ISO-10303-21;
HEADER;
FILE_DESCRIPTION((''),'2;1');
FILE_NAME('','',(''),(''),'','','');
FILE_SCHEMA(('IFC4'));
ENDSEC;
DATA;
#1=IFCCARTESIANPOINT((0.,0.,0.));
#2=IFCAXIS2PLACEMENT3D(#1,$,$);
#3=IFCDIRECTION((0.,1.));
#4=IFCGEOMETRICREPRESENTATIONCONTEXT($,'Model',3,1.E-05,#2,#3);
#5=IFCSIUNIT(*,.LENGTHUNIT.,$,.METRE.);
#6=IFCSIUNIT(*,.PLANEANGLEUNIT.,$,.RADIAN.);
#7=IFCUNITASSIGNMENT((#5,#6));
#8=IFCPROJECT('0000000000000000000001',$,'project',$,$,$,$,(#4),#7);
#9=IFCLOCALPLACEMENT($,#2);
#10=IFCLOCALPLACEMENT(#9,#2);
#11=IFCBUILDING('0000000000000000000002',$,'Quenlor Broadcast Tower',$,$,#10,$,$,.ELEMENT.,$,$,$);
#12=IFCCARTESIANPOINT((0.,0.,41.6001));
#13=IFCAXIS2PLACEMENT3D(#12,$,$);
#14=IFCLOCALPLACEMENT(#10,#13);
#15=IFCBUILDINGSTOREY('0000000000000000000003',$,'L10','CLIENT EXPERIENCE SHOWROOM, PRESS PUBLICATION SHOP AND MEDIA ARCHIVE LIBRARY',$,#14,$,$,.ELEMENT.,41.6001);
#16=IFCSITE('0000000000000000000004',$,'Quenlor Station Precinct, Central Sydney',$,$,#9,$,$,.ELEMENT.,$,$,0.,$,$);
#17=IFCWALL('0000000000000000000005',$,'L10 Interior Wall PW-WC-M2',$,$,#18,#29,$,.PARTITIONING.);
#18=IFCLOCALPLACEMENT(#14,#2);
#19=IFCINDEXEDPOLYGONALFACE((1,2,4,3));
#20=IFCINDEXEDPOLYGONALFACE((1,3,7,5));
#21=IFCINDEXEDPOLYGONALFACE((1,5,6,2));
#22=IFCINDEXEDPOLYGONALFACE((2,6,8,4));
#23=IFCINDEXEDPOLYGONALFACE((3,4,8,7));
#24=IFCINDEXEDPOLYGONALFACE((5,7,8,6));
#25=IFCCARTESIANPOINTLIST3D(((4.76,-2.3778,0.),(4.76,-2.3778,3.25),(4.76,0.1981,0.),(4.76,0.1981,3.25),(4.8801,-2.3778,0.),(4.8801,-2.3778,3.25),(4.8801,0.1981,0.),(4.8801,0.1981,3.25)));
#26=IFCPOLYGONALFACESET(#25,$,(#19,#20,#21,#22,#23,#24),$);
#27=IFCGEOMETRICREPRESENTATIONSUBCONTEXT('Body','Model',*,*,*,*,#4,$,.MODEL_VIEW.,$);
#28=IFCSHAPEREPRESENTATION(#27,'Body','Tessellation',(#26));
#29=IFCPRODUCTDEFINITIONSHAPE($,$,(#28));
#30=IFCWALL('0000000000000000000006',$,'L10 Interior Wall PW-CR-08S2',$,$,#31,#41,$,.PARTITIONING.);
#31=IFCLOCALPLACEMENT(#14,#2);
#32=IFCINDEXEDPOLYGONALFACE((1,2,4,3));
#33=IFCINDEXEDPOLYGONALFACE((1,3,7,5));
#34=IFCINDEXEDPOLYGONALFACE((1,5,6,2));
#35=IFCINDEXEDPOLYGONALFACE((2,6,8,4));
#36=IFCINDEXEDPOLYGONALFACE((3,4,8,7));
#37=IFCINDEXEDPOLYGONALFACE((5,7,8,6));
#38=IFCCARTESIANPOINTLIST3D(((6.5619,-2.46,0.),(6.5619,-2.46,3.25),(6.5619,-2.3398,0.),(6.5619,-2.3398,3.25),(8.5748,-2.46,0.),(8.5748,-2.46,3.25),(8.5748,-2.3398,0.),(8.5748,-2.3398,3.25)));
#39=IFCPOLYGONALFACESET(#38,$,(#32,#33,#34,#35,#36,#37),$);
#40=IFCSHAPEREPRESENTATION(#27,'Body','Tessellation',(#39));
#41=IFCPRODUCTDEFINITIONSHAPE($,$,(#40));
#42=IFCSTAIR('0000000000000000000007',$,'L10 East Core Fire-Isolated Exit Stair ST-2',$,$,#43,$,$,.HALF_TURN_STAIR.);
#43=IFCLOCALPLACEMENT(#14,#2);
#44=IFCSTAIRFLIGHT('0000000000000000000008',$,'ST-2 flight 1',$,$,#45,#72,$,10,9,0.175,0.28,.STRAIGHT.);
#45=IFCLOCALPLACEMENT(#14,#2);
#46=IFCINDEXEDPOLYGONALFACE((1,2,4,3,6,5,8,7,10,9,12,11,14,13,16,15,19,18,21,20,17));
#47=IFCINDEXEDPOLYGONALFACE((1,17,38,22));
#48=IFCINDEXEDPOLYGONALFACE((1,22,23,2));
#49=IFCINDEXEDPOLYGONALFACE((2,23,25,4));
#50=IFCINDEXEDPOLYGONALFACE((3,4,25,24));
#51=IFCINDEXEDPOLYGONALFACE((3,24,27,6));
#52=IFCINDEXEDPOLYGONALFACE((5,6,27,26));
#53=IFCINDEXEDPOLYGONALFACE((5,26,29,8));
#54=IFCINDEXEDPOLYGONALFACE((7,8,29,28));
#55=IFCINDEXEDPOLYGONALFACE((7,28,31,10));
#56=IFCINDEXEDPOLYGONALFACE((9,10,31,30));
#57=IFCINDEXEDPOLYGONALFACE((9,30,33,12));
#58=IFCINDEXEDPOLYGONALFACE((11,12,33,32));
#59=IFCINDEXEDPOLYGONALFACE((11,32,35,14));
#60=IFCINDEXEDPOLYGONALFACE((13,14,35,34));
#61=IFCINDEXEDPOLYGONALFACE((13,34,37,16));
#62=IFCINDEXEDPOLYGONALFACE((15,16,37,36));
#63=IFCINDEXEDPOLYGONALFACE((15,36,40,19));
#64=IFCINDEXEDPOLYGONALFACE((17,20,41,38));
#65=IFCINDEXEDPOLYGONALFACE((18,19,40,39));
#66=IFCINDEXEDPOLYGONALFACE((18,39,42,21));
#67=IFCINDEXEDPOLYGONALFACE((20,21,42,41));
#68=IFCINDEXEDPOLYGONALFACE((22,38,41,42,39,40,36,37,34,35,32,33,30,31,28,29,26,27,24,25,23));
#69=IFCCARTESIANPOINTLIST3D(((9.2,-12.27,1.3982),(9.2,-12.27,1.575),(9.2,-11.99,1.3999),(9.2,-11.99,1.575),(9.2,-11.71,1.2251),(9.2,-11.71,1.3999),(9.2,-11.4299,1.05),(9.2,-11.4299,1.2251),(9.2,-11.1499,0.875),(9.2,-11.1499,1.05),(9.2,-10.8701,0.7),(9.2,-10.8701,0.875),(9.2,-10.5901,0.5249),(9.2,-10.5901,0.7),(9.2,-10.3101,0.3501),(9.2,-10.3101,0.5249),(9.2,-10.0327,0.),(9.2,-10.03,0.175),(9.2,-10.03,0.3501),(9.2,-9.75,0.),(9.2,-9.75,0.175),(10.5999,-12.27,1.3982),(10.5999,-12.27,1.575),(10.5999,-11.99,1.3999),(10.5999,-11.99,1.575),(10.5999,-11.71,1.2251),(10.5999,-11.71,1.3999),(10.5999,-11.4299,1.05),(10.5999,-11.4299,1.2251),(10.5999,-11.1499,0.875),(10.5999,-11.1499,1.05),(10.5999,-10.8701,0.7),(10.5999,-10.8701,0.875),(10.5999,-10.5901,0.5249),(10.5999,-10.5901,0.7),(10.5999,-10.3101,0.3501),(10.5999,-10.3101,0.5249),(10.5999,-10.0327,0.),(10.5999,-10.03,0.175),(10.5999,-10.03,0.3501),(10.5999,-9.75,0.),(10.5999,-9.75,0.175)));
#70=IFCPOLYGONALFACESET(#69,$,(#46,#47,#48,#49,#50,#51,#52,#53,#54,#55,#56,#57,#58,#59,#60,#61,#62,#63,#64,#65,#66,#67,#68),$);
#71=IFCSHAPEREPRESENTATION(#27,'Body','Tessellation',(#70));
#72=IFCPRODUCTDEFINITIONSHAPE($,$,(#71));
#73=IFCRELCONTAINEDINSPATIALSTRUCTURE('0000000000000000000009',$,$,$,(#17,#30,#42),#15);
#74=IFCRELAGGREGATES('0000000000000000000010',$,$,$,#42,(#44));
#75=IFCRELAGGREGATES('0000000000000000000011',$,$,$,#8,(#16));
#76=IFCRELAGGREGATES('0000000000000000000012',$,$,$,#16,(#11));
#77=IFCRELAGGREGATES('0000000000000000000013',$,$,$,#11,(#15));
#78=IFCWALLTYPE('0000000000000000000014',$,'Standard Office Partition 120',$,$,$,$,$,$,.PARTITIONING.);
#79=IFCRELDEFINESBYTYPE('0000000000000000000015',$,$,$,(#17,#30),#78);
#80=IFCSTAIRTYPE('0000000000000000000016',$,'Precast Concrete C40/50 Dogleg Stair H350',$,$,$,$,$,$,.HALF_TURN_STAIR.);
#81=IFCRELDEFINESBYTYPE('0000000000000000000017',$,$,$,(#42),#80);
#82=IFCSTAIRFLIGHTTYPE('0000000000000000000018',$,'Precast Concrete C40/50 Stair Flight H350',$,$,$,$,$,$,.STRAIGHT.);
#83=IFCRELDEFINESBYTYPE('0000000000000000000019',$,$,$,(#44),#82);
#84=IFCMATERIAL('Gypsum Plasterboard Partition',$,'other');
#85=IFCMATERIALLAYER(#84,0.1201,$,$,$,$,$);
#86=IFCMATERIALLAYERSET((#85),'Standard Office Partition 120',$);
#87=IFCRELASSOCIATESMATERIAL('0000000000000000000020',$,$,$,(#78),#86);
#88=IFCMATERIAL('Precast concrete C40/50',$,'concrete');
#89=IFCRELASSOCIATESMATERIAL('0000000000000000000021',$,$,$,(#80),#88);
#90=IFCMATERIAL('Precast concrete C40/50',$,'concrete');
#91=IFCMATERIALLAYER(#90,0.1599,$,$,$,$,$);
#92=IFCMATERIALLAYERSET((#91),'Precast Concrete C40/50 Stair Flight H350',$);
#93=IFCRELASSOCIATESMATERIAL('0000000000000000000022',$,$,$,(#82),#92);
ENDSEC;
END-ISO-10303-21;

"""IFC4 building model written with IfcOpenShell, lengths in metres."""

from ifc_helpers import new_model, si_unit, direction, frame, frame_2d, origin, place, context, subcontext, project, spatial, polyline, rectangle, outline, extrude, material, layer, layer_set, type_object, element, aggregate, save


model = new_model("IFC4")

# Units and contexts
model_context = context("Model", 3, precision=1e-05, world=origin(), true_north=direction((0.0, 1.0)))
body_context = subcontext(model_context, "Body", "Model", "MODEL_VIEW")
ifc_project = project(units=[si_unit("LENGTHUNIT", "METRE"), si_unit("PLANEANGLEUNIT", "RADIAN")], contexts=[model_context])

# Site, building, storey
site_placement = place(None, origin())
site = spatial("IfcSite", under=ifc_project, at=site_placement, Name="Quenlor Station Precinct, Central Sydney", CompositionType="ELEMENT", RefElevation=0.0)
building_placement = place(site_placement, origin())
building = spatial("IfcBuilding", under=site, at=building_placement, Name="Quenlor Broadcast Tower", CompositionType="ELEMENT")
storey_placement = place(building_placement, frame((0.0, 0.0, 41.6001)))
storey = spatial("IfcBuildingStorey", under=building, at=storey_placement, Name="L10", Description="CLIENT EXPERIENCE SHOWROOM, PRESS PUBLICATION SHOP AND MEDIA ARCHIVE LIBRARY", CompositionType="ELEMENT", Elevation=41.6001)

# Shared definitions
ifc_material_1 = material(Name="Gypsum Plasterboard Partition", Category="other")
ifc_layer_1 = layer(ifc_material_1, 0.1201)
ifc_layer_set_1 = layer_set([ifc_layer_1], Name="Standard Office Partition 120")
wall_type_1 = type_object("IfcWallType", Name="Standard Office Partition 120", PredefinedType="PARTITIONING", material=ifc_layer_set_1)

# Walls
for number, where, z_axis, x_axis, name in (
    (1, (4.8201, -2.3779, 0.0), (0.0, 0.0, 1.0), (0.0, 1.0, 0.0), "L10 Interior Wall PW-WC-M2"),
):
    element("IfcWall", number, at=place(storey_placement, frame(where, z_axis=z_axis, x_axis=x_axis)), inside=storey, type_object=wall_type_1, Name=name, PredefinedType="PARTITIONING", context=body_context, shape_type="SweptSolid", body=[
        extrude(rectangle(XDim=2.5759, YDim=0.1201, at=frame_2d((1.2881, 0.0))), origin(), (0.0, 0.0, 1.0), 3.25),
    ])
wall_1_placement = place(storey_placement, frame((6.562, -2.3999, 0.0), z_axis=(0.0, 0.0, 1.0), x_axis=(1.0, 0.0, 0.0)))
element("IfcWall", 2, at=wall_1_placement, inside=storey, type_object=wall_type_1, Name="L10 Interior Wall PW-CR-08S2", PredefinedType="PARTITIONING", context=body_context, shape_type="SweptSolid", body=[
    extrude(rectangle(XDim=2.0129, YDim=0.1201, at=frame_2d((1.0063, 0.0))), origin(), (0.0, 0.0, 1.0), 3.25),
])

# Stair, stair flight
ifc_material_2 = material(Name="Precast concrete C40/50", Category="concrete")
stair_type = type_object("IfcStairType", Name="Precast Concrete C40/50 Dogleg Stair H350", PredefinedType="HALF_TURN_STAIR", material=ifc_material_2)
stair_placement = place(storey_placement, origin())
stair = element("IfcStair", 3, at=stair_placement, inside=storey, type_object=stair_type, Name="L10 East Core Fire-Isolated Exit Stair ST-2", PredefinedType="HALF_TURN_STAIR")
ifc_material_3 = material(Name="Precast concrete C40/50", Category="concrete")
ifc_layer_2 = layer(ifc_material_3, 0.1599)
ifc_layer_set_2 = layer_set([ifc_layer_2], Name="Precast Concrete C40/50 Stair Flight H350")
stair_flight_type = type_object("IfcStairFlightType", Name="Precast Concrete C40/50 Stair Flight H350", PredefinedType="STRAIGHT", material=ifc_layer_set_2)
stair_flight_placement = place(storey_placement, frame((9.8999, -9.75, 0.0), z_axis=(0.0, 0.0, 1.0), x_axis=(0.0, -1.0, 0.0)))
stair_flight = element("IfcStairFlight", 4, at=stair_flight_placement, type_object=stair_flight_type, Name="ST-2 flight 1", NumberOfRisers=10, NumberOfTreads=9, PredefinedType="STRAIGHT", RiserHeight=0.175, TreadLength=0.28, context=body_context, shape_type="SweptSolid", body=[
    extrude(outline(polyline([(0.0, 0.0), (0.0, 0.175), (0.28, 0.175), (0.28, 0.3501), (0.5601, 0.3501), (0.5601, 0.5249), (0.8401, 0.5249), (0.8401, 0.7), (1.1201, 0.7), (1.1201, 0.875), (1.3999, 0.875), (1.3999, 1.05), (1.6799, 1.05), (1.6799, 1.2251), (1.96, 1.2251), (1.96, 1.3999), (2.24, 1.3999), (2.24, 1.575), (2.52, 1.575), (2.52, 1.75), (2.52, 1.3982), (0.2827, 0.0), (0.0, 0.0)])), frame((0.0, 0.7, 0.0), z_axis=(0.0, -1.0, 0.0), x_axis=(1.0, 0.0, 0.0)), (0.0, 0.0, 1.0), 1.3999),
])
aggregate(stair, [stair_flight])

save(model, "model.ifc")
